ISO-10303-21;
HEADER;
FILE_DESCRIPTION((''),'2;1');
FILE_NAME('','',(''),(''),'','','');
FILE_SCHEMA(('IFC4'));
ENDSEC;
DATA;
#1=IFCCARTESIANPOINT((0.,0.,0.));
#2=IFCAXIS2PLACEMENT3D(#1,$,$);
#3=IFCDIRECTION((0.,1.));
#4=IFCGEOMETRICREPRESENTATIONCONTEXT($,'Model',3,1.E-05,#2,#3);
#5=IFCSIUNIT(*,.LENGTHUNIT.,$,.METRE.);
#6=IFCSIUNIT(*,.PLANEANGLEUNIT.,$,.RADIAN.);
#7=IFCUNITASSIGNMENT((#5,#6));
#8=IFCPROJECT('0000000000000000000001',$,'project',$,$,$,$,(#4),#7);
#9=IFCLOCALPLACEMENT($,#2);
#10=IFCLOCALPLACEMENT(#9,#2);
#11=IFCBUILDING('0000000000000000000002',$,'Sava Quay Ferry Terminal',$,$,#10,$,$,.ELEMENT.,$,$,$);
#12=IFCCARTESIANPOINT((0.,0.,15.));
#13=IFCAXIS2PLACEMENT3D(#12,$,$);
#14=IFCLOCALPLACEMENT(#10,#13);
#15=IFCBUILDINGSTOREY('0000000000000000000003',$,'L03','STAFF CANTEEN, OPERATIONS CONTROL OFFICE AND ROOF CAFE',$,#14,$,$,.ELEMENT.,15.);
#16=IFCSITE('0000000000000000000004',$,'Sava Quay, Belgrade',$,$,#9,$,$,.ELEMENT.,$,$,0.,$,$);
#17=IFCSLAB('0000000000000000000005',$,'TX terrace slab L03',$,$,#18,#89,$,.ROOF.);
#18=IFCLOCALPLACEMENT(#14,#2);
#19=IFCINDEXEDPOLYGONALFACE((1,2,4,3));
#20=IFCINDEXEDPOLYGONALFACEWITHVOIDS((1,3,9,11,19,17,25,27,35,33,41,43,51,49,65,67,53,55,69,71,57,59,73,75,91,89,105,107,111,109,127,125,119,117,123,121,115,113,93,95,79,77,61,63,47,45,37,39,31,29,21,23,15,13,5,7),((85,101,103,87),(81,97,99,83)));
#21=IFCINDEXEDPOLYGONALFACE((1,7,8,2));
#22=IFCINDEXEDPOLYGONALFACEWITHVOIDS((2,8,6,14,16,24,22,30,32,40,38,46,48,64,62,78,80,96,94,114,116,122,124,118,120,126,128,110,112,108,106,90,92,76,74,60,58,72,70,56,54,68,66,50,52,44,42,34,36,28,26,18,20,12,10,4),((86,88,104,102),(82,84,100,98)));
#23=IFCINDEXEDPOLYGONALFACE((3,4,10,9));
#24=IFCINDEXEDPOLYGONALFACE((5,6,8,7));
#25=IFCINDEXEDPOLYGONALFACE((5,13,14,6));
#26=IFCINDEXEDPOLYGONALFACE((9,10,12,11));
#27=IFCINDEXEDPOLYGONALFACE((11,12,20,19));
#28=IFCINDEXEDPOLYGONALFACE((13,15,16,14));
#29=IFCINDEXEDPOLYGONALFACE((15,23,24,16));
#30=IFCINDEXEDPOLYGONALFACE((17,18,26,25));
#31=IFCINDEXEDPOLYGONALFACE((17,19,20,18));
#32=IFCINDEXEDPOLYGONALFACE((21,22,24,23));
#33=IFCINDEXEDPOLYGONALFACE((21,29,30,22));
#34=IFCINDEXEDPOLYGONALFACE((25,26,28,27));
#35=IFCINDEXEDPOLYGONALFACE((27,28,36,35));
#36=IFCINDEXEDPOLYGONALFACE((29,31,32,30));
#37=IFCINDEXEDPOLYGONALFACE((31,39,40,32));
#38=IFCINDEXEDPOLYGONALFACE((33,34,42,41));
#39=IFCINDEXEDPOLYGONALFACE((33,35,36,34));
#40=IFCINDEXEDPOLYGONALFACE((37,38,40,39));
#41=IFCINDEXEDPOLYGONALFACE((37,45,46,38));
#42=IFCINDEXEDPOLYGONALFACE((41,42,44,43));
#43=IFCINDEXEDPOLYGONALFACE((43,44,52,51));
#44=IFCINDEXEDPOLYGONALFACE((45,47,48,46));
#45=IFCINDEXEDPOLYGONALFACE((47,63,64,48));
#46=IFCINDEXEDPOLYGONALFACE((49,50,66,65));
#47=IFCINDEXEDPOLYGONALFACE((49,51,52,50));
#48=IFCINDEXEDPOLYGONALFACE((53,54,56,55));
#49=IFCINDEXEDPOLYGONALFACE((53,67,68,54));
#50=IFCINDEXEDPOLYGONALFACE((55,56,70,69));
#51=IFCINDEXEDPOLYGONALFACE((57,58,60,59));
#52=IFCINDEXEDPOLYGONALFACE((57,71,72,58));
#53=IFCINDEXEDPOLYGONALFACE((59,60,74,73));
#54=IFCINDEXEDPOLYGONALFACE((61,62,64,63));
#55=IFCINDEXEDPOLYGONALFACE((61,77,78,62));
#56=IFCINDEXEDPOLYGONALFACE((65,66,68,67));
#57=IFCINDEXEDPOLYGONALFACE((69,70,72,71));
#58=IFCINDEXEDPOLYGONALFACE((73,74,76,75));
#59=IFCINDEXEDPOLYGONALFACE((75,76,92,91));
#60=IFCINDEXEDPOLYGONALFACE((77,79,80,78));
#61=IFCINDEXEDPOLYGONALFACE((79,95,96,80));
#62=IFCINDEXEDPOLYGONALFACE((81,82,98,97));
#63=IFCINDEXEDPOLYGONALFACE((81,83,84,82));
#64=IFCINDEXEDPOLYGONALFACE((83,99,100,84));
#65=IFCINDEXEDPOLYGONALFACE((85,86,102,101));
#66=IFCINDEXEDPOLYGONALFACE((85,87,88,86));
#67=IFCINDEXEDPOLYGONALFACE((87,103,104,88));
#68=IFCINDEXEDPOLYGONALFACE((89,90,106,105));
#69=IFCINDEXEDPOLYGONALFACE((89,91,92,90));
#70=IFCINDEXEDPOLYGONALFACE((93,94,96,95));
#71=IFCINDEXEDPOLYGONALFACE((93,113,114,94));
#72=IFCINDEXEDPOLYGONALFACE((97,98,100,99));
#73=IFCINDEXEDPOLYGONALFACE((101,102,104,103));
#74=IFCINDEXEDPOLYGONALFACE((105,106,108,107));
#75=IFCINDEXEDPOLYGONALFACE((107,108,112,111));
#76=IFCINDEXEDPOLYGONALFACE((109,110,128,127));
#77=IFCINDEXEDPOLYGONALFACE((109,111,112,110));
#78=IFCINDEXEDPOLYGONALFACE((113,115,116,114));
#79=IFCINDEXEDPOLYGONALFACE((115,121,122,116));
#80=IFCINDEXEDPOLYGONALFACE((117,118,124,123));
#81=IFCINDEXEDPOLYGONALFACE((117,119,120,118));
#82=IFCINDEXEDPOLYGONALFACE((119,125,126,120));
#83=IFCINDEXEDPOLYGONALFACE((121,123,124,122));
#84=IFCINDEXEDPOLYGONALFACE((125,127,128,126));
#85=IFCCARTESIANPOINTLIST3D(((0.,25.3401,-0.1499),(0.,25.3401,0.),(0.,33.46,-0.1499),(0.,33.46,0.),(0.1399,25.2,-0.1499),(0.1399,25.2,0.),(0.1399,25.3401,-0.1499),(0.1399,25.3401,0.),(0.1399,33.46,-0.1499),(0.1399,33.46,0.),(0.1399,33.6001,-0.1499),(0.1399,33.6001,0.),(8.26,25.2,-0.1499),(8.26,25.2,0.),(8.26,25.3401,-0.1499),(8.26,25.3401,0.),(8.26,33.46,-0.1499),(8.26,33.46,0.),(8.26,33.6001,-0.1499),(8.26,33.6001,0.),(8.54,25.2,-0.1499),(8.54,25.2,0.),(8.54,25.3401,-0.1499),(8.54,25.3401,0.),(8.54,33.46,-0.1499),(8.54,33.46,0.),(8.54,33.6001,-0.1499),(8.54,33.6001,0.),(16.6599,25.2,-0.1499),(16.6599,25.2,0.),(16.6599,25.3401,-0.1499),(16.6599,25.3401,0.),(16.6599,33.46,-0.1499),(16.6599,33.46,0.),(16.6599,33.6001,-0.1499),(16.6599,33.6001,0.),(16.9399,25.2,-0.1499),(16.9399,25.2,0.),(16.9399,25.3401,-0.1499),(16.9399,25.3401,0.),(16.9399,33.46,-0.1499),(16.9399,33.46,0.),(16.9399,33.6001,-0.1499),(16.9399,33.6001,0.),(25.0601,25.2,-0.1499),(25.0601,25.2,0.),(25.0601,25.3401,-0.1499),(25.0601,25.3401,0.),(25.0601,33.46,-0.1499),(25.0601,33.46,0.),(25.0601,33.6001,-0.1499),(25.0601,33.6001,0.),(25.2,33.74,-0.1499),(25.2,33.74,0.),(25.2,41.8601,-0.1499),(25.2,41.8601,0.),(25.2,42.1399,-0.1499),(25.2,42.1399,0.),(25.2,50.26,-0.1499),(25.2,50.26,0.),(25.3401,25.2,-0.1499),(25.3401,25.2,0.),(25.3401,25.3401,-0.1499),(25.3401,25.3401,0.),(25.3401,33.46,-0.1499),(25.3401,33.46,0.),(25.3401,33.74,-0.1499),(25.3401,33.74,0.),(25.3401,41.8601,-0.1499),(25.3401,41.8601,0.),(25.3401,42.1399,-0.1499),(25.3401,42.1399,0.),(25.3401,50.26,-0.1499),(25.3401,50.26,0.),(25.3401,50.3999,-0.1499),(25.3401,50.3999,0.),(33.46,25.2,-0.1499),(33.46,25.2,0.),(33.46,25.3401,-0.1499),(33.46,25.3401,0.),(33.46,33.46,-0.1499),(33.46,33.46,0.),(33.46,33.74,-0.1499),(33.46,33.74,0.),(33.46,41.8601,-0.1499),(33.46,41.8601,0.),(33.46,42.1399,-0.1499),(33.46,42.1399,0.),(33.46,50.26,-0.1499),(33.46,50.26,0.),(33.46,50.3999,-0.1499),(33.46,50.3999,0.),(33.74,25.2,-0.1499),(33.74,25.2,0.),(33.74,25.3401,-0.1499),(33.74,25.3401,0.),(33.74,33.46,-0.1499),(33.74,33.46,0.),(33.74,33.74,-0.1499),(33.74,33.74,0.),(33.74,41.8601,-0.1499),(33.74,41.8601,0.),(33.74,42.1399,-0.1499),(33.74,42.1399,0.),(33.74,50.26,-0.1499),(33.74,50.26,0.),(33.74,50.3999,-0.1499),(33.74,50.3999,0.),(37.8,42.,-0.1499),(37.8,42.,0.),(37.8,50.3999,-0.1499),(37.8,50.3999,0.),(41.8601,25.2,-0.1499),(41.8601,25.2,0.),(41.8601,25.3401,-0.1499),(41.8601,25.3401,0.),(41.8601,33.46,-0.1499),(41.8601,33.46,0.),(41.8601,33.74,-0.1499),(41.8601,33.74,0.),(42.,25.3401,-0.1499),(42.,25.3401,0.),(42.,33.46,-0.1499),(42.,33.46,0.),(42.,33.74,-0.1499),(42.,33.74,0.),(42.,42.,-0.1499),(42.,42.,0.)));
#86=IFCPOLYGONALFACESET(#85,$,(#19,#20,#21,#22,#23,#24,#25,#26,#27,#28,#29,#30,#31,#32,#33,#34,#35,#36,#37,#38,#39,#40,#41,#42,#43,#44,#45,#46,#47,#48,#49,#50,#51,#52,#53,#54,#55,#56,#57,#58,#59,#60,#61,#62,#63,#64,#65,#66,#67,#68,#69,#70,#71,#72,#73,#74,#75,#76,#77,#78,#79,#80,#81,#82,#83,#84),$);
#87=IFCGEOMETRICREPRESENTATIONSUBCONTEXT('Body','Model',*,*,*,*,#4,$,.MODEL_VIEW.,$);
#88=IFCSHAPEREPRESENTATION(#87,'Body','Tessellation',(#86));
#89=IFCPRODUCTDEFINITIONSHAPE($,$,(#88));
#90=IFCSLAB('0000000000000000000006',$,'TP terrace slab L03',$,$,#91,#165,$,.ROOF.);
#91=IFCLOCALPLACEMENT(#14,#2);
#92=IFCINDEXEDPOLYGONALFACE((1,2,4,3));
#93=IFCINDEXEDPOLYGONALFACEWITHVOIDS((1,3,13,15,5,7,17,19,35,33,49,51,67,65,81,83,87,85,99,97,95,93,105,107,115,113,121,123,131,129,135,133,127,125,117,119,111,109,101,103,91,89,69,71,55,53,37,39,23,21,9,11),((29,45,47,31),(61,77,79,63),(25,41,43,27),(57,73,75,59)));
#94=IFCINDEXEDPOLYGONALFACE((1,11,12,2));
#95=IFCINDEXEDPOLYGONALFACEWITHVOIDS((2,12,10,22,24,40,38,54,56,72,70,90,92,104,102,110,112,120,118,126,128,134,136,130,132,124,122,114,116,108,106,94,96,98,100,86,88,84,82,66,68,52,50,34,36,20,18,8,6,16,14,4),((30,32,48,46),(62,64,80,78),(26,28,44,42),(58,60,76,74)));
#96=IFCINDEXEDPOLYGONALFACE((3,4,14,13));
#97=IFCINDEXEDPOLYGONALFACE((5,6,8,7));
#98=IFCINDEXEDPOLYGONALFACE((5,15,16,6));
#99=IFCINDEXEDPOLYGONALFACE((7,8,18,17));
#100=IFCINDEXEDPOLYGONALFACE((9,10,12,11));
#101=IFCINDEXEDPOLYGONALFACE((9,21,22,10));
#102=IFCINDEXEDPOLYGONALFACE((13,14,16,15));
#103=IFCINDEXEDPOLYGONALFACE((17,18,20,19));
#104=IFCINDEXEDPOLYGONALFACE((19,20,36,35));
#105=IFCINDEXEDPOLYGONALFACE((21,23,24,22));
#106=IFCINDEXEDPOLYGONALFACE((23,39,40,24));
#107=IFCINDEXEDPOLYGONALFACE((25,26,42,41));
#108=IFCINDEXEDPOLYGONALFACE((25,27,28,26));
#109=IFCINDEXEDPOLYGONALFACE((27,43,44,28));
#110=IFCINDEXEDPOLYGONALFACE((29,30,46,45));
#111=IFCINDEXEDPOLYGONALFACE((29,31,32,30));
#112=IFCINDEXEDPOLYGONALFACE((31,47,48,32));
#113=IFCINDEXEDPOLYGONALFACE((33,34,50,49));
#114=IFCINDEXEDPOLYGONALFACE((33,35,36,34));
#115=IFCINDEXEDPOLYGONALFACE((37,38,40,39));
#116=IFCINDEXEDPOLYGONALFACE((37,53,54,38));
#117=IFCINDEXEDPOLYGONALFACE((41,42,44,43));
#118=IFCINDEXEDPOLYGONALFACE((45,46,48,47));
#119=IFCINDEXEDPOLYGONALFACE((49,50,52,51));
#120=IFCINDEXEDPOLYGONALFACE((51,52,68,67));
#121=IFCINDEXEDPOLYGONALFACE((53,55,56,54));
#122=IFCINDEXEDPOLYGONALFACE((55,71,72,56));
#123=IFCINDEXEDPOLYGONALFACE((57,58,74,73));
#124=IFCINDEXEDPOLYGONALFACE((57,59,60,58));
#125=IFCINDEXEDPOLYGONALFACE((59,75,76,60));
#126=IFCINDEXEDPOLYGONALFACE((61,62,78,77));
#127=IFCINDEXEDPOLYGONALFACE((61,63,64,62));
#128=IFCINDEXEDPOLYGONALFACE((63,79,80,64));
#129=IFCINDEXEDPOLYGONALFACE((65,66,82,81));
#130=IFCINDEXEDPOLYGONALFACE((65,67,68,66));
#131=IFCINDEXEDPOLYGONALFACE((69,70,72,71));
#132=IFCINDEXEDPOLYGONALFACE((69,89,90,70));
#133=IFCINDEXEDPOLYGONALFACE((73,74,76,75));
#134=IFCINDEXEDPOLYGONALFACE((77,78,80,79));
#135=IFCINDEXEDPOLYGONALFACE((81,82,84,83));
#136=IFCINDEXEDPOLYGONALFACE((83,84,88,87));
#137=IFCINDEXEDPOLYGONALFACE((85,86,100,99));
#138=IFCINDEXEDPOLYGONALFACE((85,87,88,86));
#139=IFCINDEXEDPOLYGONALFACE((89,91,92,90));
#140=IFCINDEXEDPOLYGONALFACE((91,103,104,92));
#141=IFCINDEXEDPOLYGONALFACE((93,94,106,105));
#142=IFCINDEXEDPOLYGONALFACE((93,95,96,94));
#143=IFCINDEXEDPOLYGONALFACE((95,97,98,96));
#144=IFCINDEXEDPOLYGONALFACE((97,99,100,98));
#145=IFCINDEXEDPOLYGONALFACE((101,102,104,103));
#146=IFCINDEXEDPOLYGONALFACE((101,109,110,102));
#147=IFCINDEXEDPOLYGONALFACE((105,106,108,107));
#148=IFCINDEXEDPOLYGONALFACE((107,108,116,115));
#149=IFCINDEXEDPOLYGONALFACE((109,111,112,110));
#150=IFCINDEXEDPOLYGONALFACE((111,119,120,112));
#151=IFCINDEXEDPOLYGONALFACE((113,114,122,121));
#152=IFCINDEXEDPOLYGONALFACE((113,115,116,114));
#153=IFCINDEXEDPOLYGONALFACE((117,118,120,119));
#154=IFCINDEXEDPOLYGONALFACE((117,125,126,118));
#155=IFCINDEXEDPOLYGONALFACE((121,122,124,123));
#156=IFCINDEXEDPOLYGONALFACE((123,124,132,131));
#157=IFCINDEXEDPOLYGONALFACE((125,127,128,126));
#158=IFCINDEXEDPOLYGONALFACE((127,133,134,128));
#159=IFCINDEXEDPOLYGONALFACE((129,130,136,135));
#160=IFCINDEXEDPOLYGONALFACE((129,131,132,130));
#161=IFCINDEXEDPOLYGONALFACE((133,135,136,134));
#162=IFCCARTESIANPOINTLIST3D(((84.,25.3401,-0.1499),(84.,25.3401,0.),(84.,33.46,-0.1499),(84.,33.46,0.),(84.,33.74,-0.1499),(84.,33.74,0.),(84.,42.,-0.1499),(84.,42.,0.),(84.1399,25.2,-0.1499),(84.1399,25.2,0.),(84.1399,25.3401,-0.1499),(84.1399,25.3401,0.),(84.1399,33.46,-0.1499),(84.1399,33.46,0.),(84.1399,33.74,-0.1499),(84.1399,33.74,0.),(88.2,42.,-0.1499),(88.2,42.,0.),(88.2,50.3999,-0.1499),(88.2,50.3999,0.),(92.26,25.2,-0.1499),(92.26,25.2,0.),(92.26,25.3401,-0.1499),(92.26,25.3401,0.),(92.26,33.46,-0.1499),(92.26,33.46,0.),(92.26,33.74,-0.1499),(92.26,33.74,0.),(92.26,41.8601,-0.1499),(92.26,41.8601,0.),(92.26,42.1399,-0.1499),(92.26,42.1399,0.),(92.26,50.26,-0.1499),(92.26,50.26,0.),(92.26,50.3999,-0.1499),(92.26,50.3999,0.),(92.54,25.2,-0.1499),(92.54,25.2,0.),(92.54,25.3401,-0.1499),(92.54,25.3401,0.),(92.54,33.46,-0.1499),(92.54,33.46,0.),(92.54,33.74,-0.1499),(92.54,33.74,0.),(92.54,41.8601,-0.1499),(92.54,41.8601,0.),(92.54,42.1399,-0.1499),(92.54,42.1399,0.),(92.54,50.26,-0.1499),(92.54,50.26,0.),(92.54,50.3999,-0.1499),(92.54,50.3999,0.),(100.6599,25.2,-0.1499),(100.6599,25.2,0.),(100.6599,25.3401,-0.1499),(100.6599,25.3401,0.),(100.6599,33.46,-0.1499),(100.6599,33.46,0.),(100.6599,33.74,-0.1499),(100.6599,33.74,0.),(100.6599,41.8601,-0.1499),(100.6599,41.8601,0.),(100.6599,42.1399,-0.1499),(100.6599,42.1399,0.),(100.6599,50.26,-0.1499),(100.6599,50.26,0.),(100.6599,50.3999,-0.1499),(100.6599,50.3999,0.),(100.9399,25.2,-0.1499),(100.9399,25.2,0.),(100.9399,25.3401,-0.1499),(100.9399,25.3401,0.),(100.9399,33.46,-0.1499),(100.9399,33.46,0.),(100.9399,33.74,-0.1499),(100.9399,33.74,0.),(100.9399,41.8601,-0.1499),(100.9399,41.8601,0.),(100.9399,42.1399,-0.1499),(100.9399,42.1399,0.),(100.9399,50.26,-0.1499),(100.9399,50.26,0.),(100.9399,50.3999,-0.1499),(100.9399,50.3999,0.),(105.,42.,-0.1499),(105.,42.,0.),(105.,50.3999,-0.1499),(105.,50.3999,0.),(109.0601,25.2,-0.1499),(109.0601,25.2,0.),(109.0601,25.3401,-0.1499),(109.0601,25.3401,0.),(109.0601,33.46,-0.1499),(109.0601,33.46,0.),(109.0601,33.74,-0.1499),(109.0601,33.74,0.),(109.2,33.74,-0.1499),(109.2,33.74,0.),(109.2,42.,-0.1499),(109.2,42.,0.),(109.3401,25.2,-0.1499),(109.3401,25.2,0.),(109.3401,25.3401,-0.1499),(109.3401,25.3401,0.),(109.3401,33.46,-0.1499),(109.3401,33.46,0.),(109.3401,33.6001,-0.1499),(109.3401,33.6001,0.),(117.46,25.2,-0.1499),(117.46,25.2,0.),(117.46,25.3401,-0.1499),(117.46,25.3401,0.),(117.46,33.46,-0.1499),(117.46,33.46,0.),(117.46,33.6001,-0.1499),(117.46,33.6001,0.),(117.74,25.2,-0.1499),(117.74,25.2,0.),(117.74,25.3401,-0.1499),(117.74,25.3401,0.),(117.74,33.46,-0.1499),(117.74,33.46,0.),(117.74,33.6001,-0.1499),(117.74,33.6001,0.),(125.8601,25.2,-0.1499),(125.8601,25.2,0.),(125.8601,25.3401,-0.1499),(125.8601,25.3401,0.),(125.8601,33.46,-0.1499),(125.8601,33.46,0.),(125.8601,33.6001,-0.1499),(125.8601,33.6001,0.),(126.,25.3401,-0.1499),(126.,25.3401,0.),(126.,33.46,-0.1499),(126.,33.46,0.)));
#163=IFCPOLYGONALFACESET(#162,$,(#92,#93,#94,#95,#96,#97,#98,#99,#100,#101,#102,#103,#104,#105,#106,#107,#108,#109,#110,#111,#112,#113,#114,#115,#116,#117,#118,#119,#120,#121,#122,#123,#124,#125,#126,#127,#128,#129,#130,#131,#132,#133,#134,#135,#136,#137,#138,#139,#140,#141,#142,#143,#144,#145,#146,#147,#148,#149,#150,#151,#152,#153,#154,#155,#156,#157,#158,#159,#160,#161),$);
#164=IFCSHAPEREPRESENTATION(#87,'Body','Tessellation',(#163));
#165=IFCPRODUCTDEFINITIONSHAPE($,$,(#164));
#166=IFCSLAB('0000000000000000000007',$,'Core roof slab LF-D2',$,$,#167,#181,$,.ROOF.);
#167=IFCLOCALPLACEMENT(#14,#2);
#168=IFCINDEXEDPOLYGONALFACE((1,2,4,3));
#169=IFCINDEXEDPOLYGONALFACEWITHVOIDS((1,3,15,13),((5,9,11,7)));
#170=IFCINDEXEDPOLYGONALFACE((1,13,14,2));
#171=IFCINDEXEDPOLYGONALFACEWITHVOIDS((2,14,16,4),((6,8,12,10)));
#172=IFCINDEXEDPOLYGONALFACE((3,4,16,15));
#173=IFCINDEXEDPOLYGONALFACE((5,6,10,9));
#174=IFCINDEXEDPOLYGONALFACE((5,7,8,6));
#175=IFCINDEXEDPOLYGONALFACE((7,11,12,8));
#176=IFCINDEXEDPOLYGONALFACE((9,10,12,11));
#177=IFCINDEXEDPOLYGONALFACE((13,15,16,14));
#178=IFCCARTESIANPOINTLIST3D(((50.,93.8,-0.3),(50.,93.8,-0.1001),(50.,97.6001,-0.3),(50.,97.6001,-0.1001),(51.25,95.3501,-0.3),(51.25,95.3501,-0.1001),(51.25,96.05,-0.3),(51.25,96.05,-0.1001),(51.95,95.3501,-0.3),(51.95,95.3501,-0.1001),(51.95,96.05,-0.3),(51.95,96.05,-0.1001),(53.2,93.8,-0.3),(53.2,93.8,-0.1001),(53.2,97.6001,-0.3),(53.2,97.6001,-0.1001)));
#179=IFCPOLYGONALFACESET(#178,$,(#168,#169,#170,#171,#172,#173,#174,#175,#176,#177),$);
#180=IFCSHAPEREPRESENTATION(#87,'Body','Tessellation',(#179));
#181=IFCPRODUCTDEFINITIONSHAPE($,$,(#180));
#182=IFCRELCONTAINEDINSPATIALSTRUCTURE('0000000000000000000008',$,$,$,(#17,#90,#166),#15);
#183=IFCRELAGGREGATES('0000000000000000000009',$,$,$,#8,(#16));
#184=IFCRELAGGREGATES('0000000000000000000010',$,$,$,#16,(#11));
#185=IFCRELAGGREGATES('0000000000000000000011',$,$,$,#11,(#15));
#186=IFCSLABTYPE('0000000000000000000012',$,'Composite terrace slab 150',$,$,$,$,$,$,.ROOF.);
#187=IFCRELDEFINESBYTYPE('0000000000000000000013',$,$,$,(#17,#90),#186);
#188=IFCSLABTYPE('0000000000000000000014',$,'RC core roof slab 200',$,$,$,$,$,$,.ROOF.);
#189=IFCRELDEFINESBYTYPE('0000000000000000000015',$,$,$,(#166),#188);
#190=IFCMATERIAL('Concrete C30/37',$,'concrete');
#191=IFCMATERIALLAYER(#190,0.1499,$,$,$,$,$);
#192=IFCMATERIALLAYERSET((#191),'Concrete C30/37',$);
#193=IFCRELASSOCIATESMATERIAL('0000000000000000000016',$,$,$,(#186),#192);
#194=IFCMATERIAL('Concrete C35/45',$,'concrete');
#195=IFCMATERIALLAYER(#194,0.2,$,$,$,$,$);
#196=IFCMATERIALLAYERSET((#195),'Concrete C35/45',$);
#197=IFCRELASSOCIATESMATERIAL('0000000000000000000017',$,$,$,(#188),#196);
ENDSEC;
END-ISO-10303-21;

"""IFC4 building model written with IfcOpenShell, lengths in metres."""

from ifc_helpers import new_model, si_unit, direction, frame, origin, place, context, subcontext, project, spatial, polyline, outline, extrude, material, layer, layer_set, type_object, element, save


model = new_model("IFC4")

# Units and contexts
model_context = context("Model", 3, precision=1e-05, world=origin(), true_north=direction((0.0, 1.0)))
body_context = subcontext(model_context, "Body", "Model", "MODEL_VIEW")
ifc_project = project(units=[si_unit("LENGTHUNIT", "METRE"), si_unit("PLANEANGLEUNIT", "RADIAN")], contexts=[model_context])

# Site, building, storey
site_placement = place(None, origin())
site = spatial("IfcSite", under=ifc_project, at=site_placement, Name="Sava Quay, Belgrade", CompositionType="ELEMENT", RefElevation=0.0)
building_placement = place(site_placement, origin())
building = spatial("IfcBuilding", under=site, at=building_placement, Name="Sava Quay Ferry Terminal", CompositionType="ELEMENT")
storey_placement = place(building_placement, frame((0.0, 0.0, 15.0)))
storey = spatial("IfcBuildingStorey", under=building, at=storey_placement, Name="L03", Description="STAFF CANTEEN, OPERATIONS CONTROL OFFICE AND ROOF CAFE", CompositionType="ELEMENT", Elevation=15.0)

# Slabs
ifc_material_1 = material(Name="Concrete C30/37", Category="concrete")
ifc_layer_1 = layer(ifc_material_1, 0.1499)
ifc_layer_set_1 = layer_set([ifc_layer_1], Name="Concrete C30/37")
slab_type_1 = type_object("IfcSlabType", Name="Composite terrace slab 150", PredefinedType="ROOF", material=ifc_layer_set_1)
slab_1_placement = place(storey_placement, frame((0.0, 0.0, -0.1499)))
element("IfcSlab", 1, at=slab_1_placement, inside=storey, type_object=slab_type_1, Name="TX terrace slab L03", PredefinedType="ROOF", context=body_context, shape_type="SweptSolid", body=[
    extrude(outline(polyline([(42.0, 33.74), (41.8601, 33.74), (41.8601, 33.46), (42.0, 33.46), (42.0, 25.3401), (41.8601, 25.3401), (41.8601, 25.2), (33.74, 25.2), (33.74, 25.3401), (33.46, 25.3401), (33.46, 25.2), (25.3401, 25.2), (25.3401, 25.3401), (25.0601, 25.3401), (25.0601, 25.2), (16.9399, 25.2), (16.9399, 25.3401), (16.6599, 25.3401), (16.6599, 25.2), (8.54, 25.2), (8.54, 25.3401), (8.26, 25.3401), (8.26, 25.2), (0.1399, 25.2), (0.1399, 25.3401), (0.0, 25.3401), (0.0, 33.46), (0.1399, 33.46), (0.1399, 33.6001), (8.26, 33.6001), (8.26, 33.46), (8.54, 33.46), (8.54, 33.6001), (16.6599, 33.6001), (16.6599, 33.46), (16.9399, 33.46), (16.9399, 33.6001), (25.0601, 33.6001), (25.0601, 33.46), (25.3401, 33.46), (25.3401, 33.74), (25.2, 33.74), (25.2, 41.8601), (25.3401, 41.8601), (25.3401, 42.1399), (25.2, 42.1399), (25.2, 50.26), (25.3401, 50.26), (25.3401, 50.3999), (33.46, 50.3999), (33.46, 50.26), (33.74, 50.26), (33.74, 50.3999), (37.8, 50.3999), (37.8, 42.0), (42.0, 42.0), (42.0, 33.74)]), holes=[polyline([(33.46, 33.46), (33.74, 33.46), (33.74, 33.74), (33.46, 33.74), (33.46, 33.46)]), polyline([(33.46, 41.8601), (33.74, 41.8601), (33.74, 42.1399), (33.46, 42.1399), (33.46, 41.8601)])]), origin(), (0.0, 0.0, 1.0), 0.1499),
])
slab_2_placement = place(storey_placement, frame((0.0, 0.0, -0.1499)))
element("IfcSlab", 2, at=slab_2_placement, inside=storey, type_object=slab_type_1, Name="TP terrace slab L03", PredefinedType="ROOF", context=body_context, shape_type="SweptSolid", body=[
    extrude(outline(polyline([(117.74, 25.2), (117.74, 25.3401), (117.46, 25.3401), (117.46, 25.2), (109.3401, 25.2), (109.3401, 25.3401), (109.0601, 25.3401), (109.0601, 25.2), (100.9399, 25.2), (100.9399, 25.3401), (100.6599, 25.3401), (100.6599, 25.2), (92.54, 25.2), (92.54, 25.3401), (92.26, 25.3401), (92.26, 25.2), (84.1399, 25.2), (84.1399, 25.3401), (84.0, 25.3401), (84.0, 33.46), (84.1399, 33.46), (84.1399, 33.74), (84.0, 33.74), (84.0, 42.0), (88.2, 42.0), (88.2, 50.3999), (92.26, 50.3999), (92.26, 50.26), (92.54, 50.26), (92.54, 50.3999), (100.6599, 50.3999), (100.6599, 50.26), (100.9399, 50.26), (100.9399, 50.3999), (105.0, 50.3999), (105.0, 42.0), (109.2, 42.0), (109.2, 33.74), (109.0601, 33.74), (109.0601, 33.46), (109.3401, 33.46), (109.3401, 33.6001), (117.46, 33.6001), (117.46, 33.46), (117.74, 33.46), (117.74, 33.6001), (125.8601, 33.6001), (125.8601, 33.46), (126.0, 33.46), (126.0, 25.3401), (125.8601, 25.3401), (125.8601, 25.2), (117.74, 25.2)]), holes=[polyline([(92.26, 33.46), (92.54, 33.46), (92.54, 33.74), (92.26, 33.74), (92.26, 33.46)]), polyline([(100.6599, 33.74), (100.6599, 33.46), (100.9399, 33.46), (100.9399, 33.74), (100.6599, 33.74)]), polyline([(92.26, 42.1399), (92.26, 41.8601), (92.54, 41.8601), (92.54, 42.1399), (92.26, 42.1399)]), polyline([(100.6599, 41.8601), (100.9399, 41.8601), (100.9399, 42.1399), (100.6599, 42.1399), (100.6599, 41.8601)])]), origin(), (0.0, 0.0, 1.0), 0.1499),
])
ifc_material_2 = material(Name="Concrete C35/45", Category="concrete")
ifc_layer_2 = layer(ifc_material_2, 0.2)
ifc_layer_set_2 = layer_set([ifc_layer_2], Name="Concrete C35/45")
slab_type_2 = type_object("IfcSlabType", Name="RC core roof slab 200", PredefinedType="ROOF", material=ifc_layer_set_2)
slab_3_placement = place(storey_placement, frame((0.0, 0.0, -0.3)))
element("IfcSlab", 3, at=slab_3_placement, inside=storey, type_object=slab_type_2, Name="Core roof slab LF-D2", PredefinedType="ROOF", context=body_context, shape_type="SweptSolid", body=[
    extrude(outline(polyline([(50.0, 93.8), (53.2, 93.8), (53.2, 97.6001), (50.0, 97.6001), (50.0, 93.8)]), holes=[polyline([(51.25, 95.3501), (51.95, 95.3501), (51.95, 96.05), (51.25, 96.05), (51.25, 95.3501)])]), origin(), (0.0, 0.0, 1.0), 0.2),
])

save(model, "model.ifc")
